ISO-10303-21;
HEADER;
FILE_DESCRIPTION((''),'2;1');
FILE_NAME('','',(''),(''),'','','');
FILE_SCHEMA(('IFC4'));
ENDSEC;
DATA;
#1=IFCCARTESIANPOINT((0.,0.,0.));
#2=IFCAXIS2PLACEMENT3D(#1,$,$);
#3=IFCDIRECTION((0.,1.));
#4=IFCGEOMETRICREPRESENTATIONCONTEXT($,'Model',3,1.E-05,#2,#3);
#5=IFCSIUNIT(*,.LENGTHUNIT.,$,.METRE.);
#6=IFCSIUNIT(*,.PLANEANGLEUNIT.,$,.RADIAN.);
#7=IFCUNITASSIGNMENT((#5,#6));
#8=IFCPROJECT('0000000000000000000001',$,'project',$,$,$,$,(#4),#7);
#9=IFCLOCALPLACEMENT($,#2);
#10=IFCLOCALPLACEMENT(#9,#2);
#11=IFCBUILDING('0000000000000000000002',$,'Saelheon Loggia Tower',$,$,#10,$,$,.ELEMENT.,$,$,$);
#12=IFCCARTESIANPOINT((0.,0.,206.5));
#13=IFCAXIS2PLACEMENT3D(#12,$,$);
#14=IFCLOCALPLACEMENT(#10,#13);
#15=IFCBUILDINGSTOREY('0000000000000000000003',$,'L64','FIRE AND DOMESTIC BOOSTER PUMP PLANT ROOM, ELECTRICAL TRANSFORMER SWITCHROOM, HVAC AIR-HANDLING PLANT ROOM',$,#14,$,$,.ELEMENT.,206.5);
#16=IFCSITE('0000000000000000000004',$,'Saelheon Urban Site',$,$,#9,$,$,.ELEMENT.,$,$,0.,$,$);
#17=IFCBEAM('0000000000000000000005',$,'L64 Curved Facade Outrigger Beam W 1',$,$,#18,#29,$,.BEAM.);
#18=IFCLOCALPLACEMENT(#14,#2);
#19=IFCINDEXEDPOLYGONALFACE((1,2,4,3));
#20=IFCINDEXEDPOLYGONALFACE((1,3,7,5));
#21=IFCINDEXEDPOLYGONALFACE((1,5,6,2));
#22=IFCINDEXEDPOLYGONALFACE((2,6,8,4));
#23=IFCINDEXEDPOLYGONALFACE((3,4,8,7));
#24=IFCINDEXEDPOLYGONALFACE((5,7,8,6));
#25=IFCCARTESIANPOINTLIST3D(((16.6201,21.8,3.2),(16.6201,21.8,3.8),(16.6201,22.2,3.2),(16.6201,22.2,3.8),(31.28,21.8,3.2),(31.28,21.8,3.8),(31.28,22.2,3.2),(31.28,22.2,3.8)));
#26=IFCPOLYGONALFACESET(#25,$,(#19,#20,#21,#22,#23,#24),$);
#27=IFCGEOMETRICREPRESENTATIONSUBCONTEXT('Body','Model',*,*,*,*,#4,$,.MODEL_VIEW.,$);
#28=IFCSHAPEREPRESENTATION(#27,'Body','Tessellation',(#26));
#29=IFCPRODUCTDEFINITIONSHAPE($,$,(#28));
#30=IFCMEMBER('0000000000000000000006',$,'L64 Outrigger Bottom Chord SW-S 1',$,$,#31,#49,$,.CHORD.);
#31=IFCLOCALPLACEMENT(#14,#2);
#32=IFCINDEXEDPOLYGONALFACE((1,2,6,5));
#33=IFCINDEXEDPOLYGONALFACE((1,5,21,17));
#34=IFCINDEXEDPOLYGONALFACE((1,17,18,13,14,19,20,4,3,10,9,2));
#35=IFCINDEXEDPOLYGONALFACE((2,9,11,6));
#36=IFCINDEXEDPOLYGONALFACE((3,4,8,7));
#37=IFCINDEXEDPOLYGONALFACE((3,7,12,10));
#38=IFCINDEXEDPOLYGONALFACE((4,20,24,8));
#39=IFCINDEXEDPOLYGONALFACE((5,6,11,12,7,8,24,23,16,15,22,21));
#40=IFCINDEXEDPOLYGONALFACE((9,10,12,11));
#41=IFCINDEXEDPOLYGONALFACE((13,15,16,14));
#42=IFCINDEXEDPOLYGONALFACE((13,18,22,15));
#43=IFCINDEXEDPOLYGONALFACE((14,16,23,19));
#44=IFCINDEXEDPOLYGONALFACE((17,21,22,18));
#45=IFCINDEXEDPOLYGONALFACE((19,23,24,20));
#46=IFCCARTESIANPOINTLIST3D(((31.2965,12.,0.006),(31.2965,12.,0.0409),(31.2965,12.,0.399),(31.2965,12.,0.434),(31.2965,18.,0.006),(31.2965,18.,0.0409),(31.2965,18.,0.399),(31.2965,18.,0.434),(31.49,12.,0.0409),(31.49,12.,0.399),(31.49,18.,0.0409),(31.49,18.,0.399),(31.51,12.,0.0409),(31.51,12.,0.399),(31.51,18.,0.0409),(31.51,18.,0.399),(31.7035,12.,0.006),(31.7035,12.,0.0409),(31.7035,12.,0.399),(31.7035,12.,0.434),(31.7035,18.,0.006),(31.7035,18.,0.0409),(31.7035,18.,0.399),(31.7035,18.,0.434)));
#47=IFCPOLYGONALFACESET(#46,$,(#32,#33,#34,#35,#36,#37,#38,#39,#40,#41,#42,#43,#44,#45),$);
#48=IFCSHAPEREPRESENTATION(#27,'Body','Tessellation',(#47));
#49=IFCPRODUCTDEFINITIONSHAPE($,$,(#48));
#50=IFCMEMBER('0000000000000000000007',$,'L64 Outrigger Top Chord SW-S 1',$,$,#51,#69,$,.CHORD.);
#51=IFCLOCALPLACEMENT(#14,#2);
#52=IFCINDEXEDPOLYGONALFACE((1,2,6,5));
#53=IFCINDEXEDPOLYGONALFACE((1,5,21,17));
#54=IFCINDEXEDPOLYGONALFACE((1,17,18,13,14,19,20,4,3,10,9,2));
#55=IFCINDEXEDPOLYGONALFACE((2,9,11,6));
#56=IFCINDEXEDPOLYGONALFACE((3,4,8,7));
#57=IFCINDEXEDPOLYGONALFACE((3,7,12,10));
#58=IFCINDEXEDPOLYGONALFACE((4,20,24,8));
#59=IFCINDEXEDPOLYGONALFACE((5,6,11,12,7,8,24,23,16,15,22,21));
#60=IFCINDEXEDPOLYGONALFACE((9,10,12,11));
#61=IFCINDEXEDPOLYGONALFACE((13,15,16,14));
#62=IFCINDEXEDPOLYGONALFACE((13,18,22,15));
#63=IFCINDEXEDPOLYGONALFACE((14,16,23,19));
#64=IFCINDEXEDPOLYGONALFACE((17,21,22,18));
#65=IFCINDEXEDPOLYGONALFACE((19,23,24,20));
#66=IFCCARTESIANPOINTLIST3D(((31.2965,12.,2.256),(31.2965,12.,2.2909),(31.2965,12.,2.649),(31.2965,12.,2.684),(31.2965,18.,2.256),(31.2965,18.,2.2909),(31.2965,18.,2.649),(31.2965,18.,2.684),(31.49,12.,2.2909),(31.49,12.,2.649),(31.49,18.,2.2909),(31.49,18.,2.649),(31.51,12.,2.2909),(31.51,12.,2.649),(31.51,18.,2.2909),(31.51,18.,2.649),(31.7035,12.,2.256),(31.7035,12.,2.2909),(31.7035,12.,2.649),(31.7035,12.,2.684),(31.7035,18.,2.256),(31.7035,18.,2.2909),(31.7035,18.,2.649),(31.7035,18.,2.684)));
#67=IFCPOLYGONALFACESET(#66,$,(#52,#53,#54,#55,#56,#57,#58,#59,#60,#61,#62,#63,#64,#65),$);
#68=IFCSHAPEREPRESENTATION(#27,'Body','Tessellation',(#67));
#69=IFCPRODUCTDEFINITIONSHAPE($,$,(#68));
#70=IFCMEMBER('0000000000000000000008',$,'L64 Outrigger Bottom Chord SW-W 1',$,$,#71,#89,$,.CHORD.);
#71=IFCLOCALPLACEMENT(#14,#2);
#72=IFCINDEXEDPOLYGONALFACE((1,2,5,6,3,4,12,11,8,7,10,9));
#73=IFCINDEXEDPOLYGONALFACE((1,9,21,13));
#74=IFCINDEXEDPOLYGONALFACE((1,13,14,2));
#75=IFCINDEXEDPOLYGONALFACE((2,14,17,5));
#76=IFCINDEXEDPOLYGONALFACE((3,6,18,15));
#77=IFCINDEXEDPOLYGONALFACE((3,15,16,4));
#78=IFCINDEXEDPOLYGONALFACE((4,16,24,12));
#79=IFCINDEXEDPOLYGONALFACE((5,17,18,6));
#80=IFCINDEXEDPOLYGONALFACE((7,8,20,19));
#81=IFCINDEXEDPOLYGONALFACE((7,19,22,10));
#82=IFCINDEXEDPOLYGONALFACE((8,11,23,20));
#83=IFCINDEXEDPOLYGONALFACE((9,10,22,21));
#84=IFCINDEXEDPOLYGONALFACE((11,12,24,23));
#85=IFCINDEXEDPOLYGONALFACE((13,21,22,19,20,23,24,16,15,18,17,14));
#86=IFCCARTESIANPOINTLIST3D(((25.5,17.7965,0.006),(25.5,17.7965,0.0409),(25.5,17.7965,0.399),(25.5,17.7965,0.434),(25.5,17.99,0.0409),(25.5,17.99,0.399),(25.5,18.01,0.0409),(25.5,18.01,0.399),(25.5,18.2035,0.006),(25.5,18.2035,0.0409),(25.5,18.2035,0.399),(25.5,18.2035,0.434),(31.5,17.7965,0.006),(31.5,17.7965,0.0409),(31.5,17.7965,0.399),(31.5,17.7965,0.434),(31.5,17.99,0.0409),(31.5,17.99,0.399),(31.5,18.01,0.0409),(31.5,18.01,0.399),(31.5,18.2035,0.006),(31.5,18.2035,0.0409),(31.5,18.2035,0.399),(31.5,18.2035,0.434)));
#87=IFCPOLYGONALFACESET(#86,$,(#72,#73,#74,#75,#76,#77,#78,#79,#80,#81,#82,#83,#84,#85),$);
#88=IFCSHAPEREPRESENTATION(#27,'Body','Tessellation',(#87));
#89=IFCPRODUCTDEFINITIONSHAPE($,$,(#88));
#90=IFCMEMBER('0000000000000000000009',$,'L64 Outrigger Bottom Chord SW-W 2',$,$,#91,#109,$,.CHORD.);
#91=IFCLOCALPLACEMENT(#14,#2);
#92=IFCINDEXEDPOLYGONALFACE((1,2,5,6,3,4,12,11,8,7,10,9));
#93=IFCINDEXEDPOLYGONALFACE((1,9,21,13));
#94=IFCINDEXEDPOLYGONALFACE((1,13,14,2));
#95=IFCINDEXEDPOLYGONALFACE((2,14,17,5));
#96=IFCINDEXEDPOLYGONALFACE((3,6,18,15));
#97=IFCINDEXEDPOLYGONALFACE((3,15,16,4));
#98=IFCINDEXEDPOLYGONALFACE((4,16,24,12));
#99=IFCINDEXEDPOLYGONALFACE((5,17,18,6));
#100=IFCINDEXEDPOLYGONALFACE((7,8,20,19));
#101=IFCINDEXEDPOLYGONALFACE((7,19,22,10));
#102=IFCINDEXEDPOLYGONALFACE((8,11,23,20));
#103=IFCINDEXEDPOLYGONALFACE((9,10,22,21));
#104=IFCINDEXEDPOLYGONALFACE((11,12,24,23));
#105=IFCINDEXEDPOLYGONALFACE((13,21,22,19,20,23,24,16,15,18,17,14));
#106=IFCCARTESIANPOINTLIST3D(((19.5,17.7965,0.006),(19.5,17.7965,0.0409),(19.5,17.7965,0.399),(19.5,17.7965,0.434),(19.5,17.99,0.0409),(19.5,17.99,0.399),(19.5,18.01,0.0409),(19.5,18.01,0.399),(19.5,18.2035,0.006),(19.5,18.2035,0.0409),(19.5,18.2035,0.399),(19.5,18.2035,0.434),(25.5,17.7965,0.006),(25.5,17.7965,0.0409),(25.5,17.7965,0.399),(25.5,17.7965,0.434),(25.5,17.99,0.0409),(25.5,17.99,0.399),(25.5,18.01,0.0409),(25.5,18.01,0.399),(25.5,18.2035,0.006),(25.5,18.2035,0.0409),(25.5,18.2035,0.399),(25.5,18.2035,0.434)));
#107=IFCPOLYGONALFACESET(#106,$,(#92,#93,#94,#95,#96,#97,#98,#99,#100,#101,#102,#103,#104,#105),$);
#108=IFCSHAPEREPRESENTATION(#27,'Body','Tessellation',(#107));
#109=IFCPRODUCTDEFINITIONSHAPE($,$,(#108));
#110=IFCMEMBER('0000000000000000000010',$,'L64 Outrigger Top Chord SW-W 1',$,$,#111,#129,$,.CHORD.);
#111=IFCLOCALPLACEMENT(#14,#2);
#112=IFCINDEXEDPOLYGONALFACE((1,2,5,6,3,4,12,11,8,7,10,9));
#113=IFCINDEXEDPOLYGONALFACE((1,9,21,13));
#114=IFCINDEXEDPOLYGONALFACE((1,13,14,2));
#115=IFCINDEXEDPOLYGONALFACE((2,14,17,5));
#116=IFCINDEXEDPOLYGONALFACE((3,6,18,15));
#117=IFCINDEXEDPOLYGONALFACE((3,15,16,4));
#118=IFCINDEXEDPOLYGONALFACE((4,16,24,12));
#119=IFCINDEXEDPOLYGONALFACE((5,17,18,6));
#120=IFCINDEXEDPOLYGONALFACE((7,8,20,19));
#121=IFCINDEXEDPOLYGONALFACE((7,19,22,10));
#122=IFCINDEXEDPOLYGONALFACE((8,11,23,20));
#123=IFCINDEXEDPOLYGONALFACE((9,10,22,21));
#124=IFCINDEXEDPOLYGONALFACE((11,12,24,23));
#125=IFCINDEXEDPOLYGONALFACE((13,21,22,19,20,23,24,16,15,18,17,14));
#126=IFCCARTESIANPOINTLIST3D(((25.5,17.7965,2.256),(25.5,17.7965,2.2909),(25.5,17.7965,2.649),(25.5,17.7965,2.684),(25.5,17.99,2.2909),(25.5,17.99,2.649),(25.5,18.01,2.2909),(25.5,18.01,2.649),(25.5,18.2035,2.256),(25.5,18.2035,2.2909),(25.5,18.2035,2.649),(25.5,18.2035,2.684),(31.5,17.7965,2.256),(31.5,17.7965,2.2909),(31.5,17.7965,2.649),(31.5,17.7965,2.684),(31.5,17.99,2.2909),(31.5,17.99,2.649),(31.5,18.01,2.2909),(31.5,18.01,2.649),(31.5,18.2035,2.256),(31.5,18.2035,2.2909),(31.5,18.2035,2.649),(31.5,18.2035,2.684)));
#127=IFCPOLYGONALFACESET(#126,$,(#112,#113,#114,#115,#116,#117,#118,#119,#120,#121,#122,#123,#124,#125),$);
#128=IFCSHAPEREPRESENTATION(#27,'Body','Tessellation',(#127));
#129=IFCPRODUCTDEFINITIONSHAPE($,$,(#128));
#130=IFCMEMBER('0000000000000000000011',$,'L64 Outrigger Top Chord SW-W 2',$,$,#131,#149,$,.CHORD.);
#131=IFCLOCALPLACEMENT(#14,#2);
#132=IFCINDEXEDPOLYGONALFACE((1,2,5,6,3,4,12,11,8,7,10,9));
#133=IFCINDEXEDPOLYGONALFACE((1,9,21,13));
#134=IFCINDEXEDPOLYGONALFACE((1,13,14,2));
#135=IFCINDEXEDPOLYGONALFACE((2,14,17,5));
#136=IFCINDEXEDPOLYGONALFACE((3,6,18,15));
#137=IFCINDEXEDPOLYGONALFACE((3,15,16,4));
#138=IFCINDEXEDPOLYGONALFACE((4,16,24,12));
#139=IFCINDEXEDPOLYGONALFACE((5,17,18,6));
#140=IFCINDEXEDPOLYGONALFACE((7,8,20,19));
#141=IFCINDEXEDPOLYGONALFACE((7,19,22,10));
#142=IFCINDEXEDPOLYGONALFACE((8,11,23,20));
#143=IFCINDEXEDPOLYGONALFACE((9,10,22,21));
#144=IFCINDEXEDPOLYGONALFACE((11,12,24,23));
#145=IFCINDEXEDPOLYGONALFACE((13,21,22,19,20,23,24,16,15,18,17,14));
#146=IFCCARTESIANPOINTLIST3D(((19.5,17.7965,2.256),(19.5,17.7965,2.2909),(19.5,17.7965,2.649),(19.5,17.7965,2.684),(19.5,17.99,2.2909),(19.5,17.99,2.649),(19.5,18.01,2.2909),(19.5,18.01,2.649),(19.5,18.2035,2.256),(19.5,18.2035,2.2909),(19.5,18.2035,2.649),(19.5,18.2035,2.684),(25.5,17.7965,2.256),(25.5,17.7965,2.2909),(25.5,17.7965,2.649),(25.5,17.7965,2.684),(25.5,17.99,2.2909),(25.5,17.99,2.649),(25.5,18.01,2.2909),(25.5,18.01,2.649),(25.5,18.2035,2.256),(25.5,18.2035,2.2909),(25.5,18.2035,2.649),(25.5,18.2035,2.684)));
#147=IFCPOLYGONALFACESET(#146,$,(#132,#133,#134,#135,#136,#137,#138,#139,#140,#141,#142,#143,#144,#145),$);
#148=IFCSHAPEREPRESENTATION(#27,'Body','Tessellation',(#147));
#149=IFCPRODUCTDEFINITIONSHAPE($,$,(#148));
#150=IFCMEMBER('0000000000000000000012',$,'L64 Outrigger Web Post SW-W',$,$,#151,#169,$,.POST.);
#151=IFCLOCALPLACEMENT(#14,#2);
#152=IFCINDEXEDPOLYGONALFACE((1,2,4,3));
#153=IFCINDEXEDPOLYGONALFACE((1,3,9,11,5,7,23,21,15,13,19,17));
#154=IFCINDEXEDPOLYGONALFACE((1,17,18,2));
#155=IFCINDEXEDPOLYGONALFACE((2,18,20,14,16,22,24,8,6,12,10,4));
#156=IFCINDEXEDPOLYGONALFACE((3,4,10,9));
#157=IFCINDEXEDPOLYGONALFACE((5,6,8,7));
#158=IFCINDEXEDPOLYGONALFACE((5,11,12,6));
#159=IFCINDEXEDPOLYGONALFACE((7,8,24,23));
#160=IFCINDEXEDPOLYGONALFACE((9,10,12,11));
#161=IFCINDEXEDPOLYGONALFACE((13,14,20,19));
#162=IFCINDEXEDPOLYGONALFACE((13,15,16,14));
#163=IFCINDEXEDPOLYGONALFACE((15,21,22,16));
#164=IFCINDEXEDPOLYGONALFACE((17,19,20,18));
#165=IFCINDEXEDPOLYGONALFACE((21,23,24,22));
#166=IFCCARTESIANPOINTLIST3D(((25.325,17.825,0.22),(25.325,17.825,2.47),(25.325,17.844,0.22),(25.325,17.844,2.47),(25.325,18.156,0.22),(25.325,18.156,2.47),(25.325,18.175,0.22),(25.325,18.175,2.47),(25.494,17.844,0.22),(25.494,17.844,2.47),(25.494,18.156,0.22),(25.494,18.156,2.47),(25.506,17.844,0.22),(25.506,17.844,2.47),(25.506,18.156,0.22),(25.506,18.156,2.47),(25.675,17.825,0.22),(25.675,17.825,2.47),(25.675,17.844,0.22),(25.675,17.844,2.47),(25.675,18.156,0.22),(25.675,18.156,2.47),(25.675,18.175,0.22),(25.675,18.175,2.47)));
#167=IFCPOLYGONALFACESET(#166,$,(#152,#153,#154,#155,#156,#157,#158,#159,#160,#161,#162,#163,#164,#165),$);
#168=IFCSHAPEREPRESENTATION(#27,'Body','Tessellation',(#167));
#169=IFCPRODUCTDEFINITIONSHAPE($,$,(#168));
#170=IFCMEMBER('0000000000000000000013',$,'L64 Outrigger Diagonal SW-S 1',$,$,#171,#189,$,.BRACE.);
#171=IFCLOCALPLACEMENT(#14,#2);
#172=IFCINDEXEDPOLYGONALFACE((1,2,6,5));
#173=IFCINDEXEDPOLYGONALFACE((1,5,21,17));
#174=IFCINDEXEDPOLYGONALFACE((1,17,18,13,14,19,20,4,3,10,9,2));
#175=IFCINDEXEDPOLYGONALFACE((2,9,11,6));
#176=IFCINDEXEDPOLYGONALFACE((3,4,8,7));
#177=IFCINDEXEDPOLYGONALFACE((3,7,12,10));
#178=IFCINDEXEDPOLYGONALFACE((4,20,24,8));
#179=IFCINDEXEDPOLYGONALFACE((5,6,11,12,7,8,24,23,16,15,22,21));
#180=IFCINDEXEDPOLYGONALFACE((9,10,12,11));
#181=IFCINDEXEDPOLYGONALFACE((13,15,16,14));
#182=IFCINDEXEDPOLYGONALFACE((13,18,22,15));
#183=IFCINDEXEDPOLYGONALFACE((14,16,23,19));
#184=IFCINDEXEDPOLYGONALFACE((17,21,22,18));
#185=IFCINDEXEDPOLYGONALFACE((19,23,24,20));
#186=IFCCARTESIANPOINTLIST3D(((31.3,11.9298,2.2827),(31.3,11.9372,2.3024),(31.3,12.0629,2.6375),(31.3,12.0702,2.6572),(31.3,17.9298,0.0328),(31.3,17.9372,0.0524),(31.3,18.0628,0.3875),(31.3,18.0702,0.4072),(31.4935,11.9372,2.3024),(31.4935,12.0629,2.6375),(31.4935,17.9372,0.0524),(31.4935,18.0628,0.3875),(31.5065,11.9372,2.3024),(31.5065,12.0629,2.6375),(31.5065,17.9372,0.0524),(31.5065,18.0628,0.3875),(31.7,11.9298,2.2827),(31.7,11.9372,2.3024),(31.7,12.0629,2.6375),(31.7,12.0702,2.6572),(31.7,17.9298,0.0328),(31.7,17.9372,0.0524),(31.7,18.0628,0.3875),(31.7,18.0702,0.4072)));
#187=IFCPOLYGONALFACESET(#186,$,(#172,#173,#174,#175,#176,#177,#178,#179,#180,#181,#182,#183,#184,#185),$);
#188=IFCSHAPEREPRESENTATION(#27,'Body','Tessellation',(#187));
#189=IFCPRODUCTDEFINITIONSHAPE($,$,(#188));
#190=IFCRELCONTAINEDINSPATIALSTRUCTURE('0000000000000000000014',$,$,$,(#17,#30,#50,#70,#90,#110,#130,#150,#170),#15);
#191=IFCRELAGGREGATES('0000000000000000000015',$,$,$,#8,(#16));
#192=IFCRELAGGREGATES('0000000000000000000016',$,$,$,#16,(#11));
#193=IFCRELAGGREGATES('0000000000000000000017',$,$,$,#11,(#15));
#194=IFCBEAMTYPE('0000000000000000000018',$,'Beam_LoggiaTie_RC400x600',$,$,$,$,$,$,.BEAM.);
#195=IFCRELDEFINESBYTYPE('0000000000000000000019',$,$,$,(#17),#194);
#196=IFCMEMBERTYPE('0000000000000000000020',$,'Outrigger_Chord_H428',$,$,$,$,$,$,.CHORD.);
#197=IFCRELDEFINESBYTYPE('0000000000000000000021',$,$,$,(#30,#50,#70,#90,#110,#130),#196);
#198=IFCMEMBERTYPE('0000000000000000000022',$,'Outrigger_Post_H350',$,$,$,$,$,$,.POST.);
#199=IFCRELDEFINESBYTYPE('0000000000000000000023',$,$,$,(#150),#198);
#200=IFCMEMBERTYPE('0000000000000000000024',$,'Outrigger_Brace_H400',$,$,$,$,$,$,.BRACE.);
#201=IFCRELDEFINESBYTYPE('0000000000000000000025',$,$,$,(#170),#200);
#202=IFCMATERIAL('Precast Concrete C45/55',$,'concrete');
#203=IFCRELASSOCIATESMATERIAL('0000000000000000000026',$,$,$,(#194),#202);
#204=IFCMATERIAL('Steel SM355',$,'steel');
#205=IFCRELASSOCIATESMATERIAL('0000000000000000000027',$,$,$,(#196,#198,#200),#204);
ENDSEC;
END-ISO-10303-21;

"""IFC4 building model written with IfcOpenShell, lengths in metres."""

from ifc_helpers import new_model, si_unit, direction, frame, origin, origin_2d, place, context, subcontext, project, spatial, rectangle, i_section, extrude, source, transform, mapped, material, material_profile, profile_set, type_object, element, save


model = new_model("IFC4")

# Units and contexts
model_context = context("Model", 3, precision=1e-05, world=origin(), true_north=direction((0.0, 1.0)))
body_context = subcontext(model_context, "Body", "Model", "MODEL_VIEW")
ifc_project = project(units=[si_unit("LENGTHUNIT", "METRE"), si_unit("PLANEANGLEUNIT", "RADIAN")], contexts=[model_context])

# Site, building, storey
site_placement = place(None, origin())
site = spatial("IfcSite", under=ifc_project, at=site_placement, Name="Saelheon Urban Site", CompositionType="ELEMENT", RefElevation=0.0)
building_placement = place(site_placement, origin())
building = spatial("IfcBuilding", under=site, at=building_placement, Name="Saelheon Loggia Tower", CompositionType="ELEMENT")
storey_placement = place(building_placement, frame((0.0, 0.0, 206.5)))
storey = spatial("IfcBuildingStorey", under=building, at=storey_placement, Name="L64", Description="FIRE AND DOMESTIC BOOSTER PUMP PLANT ROOM, ELECTRICAL TRANSFORMER SWITCHROOM, HVAC AIR-HANDLING PLANT ROOM", CompositionType="ELEMENT", Elevation=206.5)

# Beam
ifc_material_1 = material(Name="Precast Concrete C45/55", Category="concrete")
ifc_material_profile_1 = material_profile(ifc_material_1, rectangle(XDim=0.3999, YDim=0.6001, at=origin_2d()), Name="RC-400x600")
ifc_profile_set_1 = profile_set([ifc_material_profile_1], Name="Precast Concrete C45/55")
beam_type = type_object("IfcBeamType", Name="Beam_LoggiaTie_RC400x600", PredefinedType="BEAM", material=ifc_profile_set_1)
shared_shape_1 = source(origin(), body_context, "Body", "SweptSolid", [
    extrude(rectangle(XDim=0.3999, YDim=0.6001, at=origin_2d()), origin(), (0.0, 0.0, 1.0), 14.6599),
])
beam_placement = place(storey_placement, frame((31.28, 22.0, 3.5), z_axis=(-1.0, 0.0, 0.0), x_axis=(0.0, -1.0, 0.0)))
element("IfcBeam", 1, at=beam_placement, inside=storey, type_object=beam_type, Name="L64 Curved Facade Outrigger Beam W 1", PredefinedType="BEAM", context=body_context, shape_type="MappedRepresentation", body=[
    mapped(shared_shape_1, transform((0.0, 0.0, 0.0), scale=1.0)),
])

# Members
ifc_material_2 = material(Name="Steel SM355", Category="steel")
ifc_material_profile_2 = material_profile(ifc_material_2, i_section(OverallWidth=0.407, OverallDepth=0.428, WebThickness=0.02, FlangeThickness=0.0349, at=origin_2d()), Name="H-428x407x20x35")
ifc_profile_set_2 = profile_set([ifc_material_profile_2], Name="Steel SM355")
member_type_1 = type_object("IfcMemberType", Name="Outrigger_Chord_H428", PredefinedType="CHORD", material=ifc_profile_set_2)
shared_shape_2 = source(origin(), body_context, "Body", "SweptSolid", [
    extrude(i_section(OverallWidth=0.407, OverallDepth=0.428, WebThickness=0.02, FlangeThickness=0.0349, at=origin_2d()), origin(), (0.0, 0.0, 1.0), 6.0),
])
for number, where, z_axis, x_axis, name in (
    (2, (31.5, 18.0, 0.22), (0.0, -1.0, 0.0), (1.0, 0.0, 0.0), "L64 Outrigger Bottom Chord SW-S 1"),
    (3, (31.5, 18.0, 2.47), (0.0, -1.0, 0.0), (1.0, 0.0, 0.0), "L64 Outrigger Top Chord SW-S 1"),
    (4, (31.5, 18.0, 0.22), (-1.0, 0.0, 0.0), (0.0, -1.0, 0.0), "L64 Outrigger Bottom Chord SW-W 1"),
    (5, (25.5, 18.0, 0.22), (-1.0, 0.0, 0.0), (0.0, -1.0, 0.0), "L64 Outrigger Bottom Chord SW-W 2"),
    (6, (31.5, 18.0, 2.47), (-1.0, 0.0, 0.0), (0.0, -1.0, 0.0), "L64 Outrigger Top Chord SW-W 1"),
    (7, (25.5, 18.0, 2.47), (-1.0, 0.0, 0.0), (0.0, -1.0, 0.0), "L64 Outrigger Top Chord SW-W 2"),
):
    element("IfcMember", number, at=place(storey_placement, frame(where, z_axis=z_axis, x_axis=x_axis)), inside=storey, type_object=member_type_1, Name=name, PredefinedType="CHORD", context=body_context, shape_type="MappedRepresentation", body=[
        mapped(shared_shape_2, transform((0.0, 0.0, 0.0), scale=1.0)),
    ])
ifc_material_profile_3 = material_profile(ifc_material_2, i_section(OverallWidth=0.3501, OverallDepth=0.3501, WebThickness=0.012, FlangeThickness=0.019, at=origin_2d()), Name="H-350x350x12x19")
ifc_profile_set_3 = profile_set([ifc_material_profile_3], Name="Steel SM355")
member_type_2 = type_object("IfcMemberType", Name="Outrigger_Post_H350", PredefinedType="POST", material=ifc_profile_set_3)
shared_shape_3 = source(origin(), body_context, "Body", "SweptSolid", [
    extrude(i_section(OverallWidth=0.3501, OverallDepth=0.3501, WebThickness=0.012, FlangeThickness=0.019, at=origin_2d()), origin(), (0.0, 0.0, 1.0), 2.25),
])
member_1_placement = place(storey_placement, frame((25.5, 18.0, 0.22), z_axis=(0.0, 0.0, 1.0), x_axis=(1.0, 0.0, 0.0)))
element("IfcMember", 8, at=member_1_placement, inside=storey, type_object=member_type_2, Name="L64 Outrigger Web Post SW-W", PredefinedType="POST", context=body_context, shape_type="MappedRepresentation", body=[
    mapped(shared_shape_3, transform((0.0, 0.0, 0.0), scale=1.0)),
])
ifc_material_profile_4 = material_profile(ifc_material_2, i_section(OverallWidth=0.3999, OverallDepth=0.3999, WebThickness=0.0129, FlangeThickness=0.021, at=origin_2d()), Name="H-400x400x13x21")
ifc_profile_set_4 = profile_set([ifc_material_profile_4], Name="Steel SM355")
member_type_3 = type_object("IfcMemberType", Name="Outrigger_Brace_H400", PredefinedType="BRACE", material=ifc_profile_set_4)
shared_shape_4 = source(origin(), body_context, "Body", "SweptSolid", [
    extrude(i_section(OverallWidth=0.3999, OverallDepth=0.3999, WebThickness=0.0129, FlangeThickness=0.021, at=origin_2d()), origin(), (0.0, 0.0, 1.0), 6.408),
])
for number, where, z_axis, x_axis, name in (
    (9, (31.5, 18.0, 0.22), (0.0, -0.936329, 0.351123), (1.0, 0.0, 0.0), "L64 Outrigger Diagonal SW-S 1"),
):
    element("IfcMember", number, at=place(storey_placement, frame(where, z_axis=z_axis, x_axis=x_axis)), inside=storey, type_object=member_type_3, Name=name, PredefinedType="BRACE", context=body_context, shape_type="MappedRepresentation", body=[
        mapped(shared_shape_4, transform((0.0, 0.0, 0.0), scale=1.0)),
    ])

save(model, "model.ifc")
